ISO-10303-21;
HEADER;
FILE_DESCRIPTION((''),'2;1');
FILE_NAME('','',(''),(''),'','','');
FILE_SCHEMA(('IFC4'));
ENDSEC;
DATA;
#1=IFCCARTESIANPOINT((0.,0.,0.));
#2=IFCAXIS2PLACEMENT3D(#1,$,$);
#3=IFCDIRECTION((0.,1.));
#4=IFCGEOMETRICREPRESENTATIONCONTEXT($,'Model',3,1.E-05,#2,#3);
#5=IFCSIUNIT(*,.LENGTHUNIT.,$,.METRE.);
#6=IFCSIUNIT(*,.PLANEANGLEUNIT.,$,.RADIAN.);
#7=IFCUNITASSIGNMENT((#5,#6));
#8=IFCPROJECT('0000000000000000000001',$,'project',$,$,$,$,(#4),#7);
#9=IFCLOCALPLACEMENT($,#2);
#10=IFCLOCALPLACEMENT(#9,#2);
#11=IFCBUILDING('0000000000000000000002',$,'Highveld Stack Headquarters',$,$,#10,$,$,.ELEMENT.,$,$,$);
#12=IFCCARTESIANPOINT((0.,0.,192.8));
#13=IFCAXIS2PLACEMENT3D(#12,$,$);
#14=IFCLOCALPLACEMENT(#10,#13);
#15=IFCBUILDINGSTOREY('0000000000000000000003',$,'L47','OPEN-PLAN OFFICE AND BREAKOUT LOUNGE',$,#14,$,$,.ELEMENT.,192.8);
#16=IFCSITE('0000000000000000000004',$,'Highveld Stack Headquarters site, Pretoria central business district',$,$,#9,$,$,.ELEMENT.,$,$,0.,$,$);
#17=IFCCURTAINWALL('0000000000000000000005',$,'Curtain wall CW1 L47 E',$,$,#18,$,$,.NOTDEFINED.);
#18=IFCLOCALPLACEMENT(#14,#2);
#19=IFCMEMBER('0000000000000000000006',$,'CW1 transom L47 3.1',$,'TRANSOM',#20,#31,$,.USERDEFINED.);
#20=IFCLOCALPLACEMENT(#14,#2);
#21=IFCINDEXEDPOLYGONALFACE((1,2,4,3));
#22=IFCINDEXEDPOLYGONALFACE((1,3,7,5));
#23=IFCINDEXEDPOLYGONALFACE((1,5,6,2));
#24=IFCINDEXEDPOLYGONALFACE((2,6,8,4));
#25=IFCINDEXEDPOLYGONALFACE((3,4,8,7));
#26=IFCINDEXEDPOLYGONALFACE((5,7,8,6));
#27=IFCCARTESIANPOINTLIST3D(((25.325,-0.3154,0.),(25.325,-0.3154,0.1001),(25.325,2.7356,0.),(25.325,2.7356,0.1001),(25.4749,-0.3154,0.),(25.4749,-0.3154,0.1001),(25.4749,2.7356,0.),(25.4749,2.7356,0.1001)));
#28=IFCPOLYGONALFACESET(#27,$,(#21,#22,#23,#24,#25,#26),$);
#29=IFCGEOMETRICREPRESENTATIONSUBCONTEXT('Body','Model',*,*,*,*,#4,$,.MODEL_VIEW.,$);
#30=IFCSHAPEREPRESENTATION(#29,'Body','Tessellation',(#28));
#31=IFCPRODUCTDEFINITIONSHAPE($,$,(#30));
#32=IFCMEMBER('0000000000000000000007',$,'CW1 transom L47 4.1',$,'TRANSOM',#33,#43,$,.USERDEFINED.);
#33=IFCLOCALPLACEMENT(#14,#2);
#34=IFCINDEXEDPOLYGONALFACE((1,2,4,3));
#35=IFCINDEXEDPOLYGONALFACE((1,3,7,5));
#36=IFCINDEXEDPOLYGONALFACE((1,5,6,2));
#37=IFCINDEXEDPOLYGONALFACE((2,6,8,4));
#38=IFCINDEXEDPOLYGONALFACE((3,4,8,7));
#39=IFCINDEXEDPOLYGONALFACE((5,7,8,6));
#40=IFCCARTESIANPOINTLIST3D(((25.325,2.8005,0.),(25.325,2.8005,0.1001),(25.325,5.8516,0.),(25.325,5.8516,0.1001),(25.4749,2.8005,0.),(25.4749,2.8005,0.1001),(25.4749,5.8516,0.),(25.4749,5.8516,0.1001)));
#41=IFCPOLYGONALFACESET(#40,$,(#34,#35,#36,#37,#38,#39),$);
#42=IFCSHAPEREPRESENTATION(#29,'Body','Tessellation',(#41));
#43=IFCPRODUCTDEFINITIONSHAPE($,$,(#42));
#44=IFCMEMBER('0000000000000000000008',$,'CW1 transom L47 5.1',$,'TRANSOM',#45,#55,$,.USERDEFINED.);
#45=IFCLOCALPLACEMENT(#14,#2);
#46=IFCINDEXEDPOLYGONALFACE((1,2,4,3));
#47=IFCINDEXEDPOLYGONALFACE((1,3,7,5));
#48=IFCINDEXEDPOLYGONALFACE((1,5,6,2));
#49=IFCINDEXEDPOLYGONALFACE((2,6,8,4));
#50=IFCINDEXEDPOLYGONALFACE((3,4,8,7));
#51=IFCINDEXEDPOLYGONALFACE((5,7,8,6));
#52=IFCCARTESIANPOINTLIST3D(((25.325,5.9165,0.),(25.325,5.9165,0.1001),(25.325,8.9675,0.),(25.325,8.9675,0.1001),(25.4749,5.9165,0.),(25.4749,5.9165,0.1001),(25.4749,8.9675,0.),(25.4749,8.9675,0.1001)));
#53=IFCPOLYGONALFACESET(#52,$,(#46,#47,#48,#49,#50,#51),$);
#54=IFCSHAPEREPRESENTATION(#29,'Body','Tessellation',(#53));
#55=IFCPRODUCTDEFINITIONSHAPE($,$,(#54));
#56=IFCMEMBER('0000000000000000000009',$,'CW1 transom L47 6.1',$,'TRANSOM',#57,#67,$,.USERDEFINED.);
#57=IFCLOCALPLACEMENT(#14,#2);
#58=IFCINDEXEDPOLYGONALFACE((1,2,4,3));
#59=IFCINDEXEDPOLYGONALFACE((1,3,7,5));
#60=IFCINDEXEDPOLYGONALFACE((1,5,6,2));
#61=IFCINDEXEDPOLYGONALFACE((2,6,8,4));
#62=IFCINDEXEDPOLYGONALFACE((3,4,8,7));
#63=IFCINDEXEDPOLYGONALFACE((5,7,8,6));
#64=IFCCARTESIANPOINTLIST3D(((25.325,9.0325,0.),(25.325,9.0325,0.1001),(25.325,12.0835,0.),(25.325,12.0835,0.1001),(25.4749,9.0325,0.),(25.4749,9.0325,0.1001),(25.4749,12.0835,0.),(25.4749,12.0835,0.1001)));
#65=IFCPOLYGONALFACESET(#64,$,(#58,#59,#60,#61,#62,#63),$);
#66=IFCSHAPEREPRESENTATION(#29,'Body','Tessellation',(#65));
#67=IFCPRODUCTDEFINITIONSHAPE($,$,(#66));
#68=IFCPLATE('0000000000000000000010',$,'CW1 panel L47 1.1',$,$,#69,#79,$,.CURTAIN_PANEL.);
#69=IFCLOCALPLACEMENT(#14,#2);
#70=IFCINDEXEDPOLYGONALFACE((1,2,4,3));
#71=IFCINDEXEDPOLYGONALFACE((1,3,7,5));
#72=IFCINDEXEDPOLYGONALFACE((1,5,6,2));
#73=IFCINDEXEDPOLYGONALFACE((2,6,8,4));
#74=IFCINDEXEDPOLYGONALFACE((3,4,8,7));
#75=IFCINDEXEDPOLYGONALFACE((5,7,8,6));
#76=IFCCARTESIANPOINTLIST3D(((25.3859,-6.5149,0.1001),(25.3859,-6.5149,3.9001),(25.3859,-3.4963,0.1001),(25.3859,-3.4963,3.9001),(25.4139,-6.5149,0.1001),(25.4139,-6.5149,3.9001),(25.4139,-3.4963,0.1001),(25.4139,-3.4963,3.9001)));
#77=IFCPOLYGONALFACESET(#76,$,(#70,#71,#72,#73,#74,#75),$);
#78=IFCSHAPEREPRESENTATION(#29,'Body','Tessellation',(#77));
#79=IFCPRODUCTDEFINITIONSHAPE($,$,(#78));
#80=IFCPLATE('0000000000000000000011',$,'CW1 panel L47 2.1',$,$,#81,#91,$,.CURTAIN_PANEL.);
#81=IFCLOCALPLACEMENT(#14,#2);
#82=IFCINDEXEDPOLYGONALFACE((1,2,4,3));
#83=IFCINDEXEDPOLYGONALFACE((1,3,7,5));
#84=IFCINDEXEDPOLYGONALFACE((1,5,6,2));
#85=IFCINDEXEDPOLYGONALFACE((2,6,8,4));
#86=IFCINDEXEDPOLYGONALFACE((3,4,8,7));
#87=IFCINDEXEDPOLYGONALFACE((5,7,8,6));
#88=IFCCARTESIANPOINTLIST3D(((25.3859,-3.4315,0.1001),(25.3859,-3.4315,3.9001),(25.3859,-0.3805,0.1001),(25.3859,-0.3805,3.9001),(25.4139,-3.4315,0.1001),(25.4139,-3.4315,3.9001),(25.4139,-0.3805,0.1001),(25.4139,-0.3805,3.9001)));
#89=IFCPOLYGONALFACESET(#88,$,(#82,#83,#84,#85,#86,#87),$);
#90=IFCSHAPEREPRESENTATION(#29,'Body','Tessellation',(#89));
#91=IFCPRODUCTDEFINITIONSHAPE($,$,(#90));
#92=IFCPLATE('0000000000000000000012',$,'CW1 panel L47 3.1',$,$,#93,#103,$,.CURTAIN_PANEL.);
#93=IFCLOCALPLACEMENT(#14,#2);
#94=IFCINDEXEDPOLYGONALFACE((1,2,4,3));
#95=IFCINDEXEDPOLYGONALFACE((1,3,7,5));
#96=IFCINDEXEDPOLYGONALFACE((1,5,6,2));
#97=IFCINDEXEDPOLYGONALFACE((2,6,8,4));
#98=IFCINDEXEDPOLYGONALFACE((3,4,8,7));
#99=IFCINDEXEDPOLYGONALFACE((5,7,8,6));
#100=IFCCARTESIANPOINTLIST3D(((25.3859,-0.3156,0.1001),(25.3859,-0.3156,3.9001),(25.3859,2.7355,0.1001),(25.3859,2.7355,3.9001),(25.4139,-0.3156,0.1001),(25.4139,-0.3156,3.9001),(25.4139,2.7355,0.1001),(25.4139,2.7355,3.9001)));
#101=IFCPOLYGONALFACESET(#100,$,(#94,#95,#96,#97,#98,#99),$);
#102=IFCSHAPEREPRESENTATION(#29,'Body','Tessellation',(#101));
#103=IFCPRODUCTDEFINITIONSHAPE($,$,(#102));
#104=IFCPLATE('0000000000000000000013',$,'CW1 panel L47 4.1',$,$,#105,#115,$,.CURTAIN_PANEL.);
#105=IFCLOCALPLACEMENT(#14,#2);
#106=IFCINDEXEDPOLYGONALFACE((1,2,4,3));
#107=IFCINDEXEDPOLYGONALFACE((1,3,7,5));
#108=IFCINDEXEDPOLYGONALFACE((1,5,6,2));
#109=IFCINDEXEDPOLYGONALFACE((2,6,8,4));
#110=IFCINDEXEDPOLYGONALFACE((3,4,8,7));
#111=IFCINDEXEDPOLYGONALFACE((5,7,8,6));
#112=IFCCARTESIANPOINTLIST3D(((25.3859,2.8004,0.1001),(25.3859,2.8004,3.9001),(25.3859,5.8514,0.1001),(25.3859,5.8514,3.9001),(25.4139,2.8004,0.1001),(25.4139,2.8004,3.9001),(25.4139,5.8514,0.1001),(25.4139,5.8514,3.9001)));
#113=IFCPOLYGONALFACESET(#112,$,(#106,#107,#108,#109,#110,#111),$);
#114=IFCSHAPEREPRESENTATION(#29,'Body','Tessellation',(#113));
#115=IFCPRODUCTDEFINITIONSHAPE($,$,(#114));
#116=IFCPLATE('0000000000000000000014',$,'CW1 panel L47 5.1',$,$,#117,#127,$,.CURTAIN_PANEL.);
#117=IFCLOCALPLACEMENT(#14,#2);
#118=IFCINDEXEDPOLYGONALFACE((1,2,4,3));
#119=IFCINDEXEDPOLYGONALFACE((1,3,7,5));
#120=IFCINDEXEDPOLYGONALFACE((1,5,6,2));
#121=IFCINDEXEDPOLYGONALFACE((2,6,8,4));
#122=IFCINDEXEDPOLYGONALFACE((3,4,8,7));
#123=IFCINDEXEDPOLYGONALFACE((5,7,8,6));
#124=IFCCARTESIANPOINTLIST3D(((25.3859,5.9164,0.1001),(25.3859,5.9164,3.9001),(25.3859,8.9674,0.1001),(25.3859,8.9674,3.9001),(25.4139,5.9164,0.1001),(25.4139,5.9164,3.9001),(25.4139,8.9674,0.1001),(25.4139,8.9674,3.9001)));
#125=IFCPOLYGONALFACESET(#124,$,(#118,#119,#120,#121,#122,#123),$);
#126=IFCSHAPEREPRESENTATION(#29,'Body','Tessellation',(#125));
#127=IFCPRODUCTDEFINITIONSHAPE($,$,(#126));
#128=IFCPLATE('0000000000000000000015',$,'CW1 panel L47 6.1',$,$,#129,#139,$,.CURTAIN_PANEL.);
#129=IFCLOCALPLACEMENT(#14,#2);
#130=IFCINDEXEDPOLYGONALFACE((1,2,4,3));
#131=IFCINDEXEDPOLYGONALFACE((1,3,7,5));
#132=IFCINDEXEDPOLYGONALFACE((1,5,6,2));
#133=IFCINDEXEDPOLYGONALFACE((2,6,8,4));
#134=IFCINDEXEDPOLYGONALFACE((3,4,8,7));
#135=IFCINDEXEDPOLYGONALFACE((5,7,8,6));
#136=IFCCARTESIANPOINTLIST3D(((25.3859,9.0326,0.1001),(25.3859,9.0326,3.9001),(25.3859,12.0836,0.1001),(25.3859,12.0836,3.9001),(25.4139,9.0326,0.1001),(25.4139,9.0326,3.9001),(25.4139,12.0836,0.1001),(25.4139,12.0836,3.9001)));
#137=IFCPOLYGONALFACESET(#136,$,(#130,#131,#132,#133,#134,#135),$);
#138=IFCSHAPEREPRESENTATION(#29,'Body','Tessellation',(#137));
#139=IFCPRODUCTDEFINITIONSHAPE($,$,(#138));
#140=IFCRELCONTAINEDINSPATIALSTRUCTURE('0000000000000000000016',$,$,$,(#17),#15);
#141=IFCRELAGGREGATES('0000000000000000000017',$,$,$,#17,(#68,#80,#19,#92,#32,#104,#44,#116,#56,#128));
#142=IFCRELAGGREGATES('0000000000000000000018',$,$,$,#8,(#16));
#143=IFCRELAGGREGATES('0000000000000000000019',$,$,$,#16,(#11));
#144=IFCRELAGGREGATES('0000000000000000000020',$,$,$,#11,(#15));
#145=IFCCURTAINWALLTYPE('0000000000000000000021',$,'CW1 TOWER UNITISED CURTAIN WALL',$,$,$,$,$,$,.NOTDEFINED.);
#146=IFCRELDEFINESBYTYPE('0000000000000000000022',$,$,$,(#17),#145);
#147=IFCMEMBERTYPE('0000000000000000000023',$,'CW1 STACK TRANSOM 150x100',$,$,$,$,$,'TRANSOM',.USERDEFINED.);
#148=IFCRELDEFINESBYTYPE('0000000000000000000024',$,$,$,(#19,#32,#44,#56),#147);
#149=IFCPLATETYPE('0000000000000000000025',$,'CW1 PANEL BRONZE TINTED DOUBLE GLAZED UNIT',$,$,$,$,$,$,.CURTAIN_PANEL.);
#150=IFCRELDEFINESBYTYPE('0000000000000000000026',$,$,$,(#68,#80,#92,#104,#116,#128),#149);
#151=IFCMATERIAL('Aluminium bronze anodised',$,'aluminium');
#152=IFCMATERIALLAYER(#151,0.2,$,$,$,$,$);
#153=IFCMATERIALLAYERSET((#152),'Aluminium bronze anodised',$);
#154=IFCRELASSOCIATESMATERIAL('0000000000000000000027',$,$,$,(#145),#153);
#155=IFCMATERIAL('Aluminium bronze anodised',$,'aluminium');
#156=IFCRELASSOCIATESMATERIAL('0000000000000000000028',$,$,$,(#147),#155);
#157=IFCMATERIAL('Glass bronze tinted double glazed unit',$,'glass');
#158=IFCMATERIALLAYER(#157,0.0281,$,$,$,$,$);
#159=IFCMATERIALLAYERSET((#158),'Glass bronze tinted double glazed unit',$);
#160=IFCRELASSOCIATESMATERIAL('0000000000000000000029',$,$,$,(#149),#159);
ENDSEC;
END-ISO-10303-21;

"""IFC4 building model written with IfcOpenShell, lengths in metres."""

from ifc_helpers import new_model, si_unit, direction, frame, origin, origin_2d, place, context, subcontext, project, spatial, rectangle, extrude, material, layer, layer_set, material_profile, profile_set, type_object, element, aggregate, save


model = new_model("IFC4")

# Units and contexts
model_context = context("Model", 3, precision=1e-05, world=origin(), true_north=direction((0.0, 1.0)))
body_context = subcontext(model_context, "Body", "Model", "MODEL_VIEW")
ifc_project = project(units=[si_unit("LENGTHUNIT", "METRE"), si_unit("PLANEANGLEUNIT", "RADIAN")], contexts=[model_context])

# Site, building, storey
site_placement = place(None, origin())
site = spatial("IfcSite", under=ifc_project, at=site_placement, Name="Highveld Stack Headquarters site, Pretoria central business district", CompositionType="ELEMENT", RefElevation=0.0)
building_placement = place(site_placement, origin())
building = spatial("IfcBuilding", under=site, at=building_placement, Name="Highveld Stack Headquarters", CompositionType="ELEMENT")
storey_placement = place(building_placement, frame((0.0, 0.0, 192.8)))
storey = spatial("IfcBuildingStorey", under=building, at=storey_placement, Name="L47", Description="OPEN-PLAN OFFICE AND BREAKOUT LOUNGE", CompositionType="ELEMENT", Elevation=192.8)

# Curtain wall, members, plates
ifc_material_1 = material(Name="Aluminium bronze anodised", Category="aluminium")
ifc_layer_1 = layer(ifc_material_1, 0.2)
ifc_layer_set_1 = layer_set([ifc_layer_1], Name="Aluminium bronze anodised")
curtain_wall_type = type_object("IfcCurtainWallType", Name="CW1 TOWER UNITISED CURTAIN WALL", PredefinedType="NOTDEFINED", material=ifc_layer_set_1)
curtain_wall_placement = place(storey_placement, origin())
curtain_wall = element("IfcCurtainWall", 1, at=curtain_wall_placement, inside=storey, type_object=curtain_wall_type, Name="Curtain wall CW1 L47 E", PredefinedType="NOTDEFINED")
ifc_material_2 = material(Name="Aluminium bronze anodised", Category="aluminium")
ifc_material_profile_1 = material_profile(ifc_material_2, rectangle(XDim=0.1499, YDim=0.1001, at=origin_2d()), Name="CW1 TRANSOM 150x100")
ifc_profile_set_1 = profile_set([ifc_material_profile_1], Name="Aluminium bronze anodised")
member_type_1 = type_object("IfcMemberType", Name="CW1 STACK TRANSOM 150x100", ElementType="TRANSOM", PredefinedType="USERDEFINED", material=ifc_profile_set_1)
member_1_placement = place(storey_placement, frame((25.3999, -0.3154, 0.05), z_axis=(0.0, 1.0, 0.0), x_axis=(-1.0, 0.0, 0.0)))
member_1 = element("IfcMember", 2, at=member_1_placement, type_object=member_type_1, Name="CW1 transom L47 3.1", ObjectType="TRANSOM", PredefinedType="USERDEFINED", context=body_context, shape_type="SweptSolid", body=[
    extrude(rectangle(XDim=0.1499, YDim=0.1001, at=origin_2d()), origin(), (0.0, 0.0, 1.0), 3.051),
])
member_2_placement = place(storey_placement, frame((25.3999, 2.8005, 0.05), z_axis=(0.0, 1.0, 0.0), x_axis=(-1.0, 0.0, 0.0)))
member_2 = element("IfcMember", 3, at=member_2_placement, type_object=member_type_1, Name="CW1 transom L47 4.1", ObjectType="TRANSOM", PredefinedType="USERDEFINED", context=body_context, shape_type="SweptSolid", body=[
    extrude(rectangle(XDim=0.1499, YDim=0.1001, at=origin_2d()), origin(), (0.0, 0.0, 1.0), 3.051),
])
member_3_placement = place(storey_placement, frame((25.3999, 5.9165, 0.05), z_axis=(0.0, 1.0, 0.0), x_axis=(-1.0, 0.0, 0.0)))
member_3 = element("IfcMember", 4, at=member_3_placement, type_object=member_type_1, Name="CW1 transom L47 5.1", ObjectType="TRANSOM", PredefinedType="USERDEFINED", context=body_context, shape_type="SweptSolid", body=[
    extrude(rectangle(XDim=0.1499, YDim=0.1001, at=origin_2d()), origin(), (0.0, 0.0, 1.0), 3.051),
])
member_4_placement = place(storey_placement, frame((25.3999, 9.0325, 0.05), z_axis=(0.0, 1.0, 0.0), x_axis=(-1.0, 0.0, 0.0)))
member_4 = element("IfcMember", 5, at=member_4_placement, type_object=member_type_1, Name="CW1 transom L47 6.1", ObjectType="TRANSOM", PredefinedType="USERDEFINED", context=body_context, shape_type="SweptSolid", body=[
    extrude(rectangle(XDim=0.1499, YDim=0.1001, at=origin_2d()), origin(), (0.0, 0.0, 1.0), 3.051),
])
ifc_material_3 = material(Name="Glass bronze tinted double glazed unit", Category="glass")
ifc_layer_2 = layer(ifc_material_3, 0.0281)
ifc_layer_set_2 = layer_set([ifc_layer_2], Name="Glass bronze tinted double glazed unit")
plate_type = type_object("IfcPlateType", Name="CW1 PANEL BRONZE TINTED DOUBLE GLAZED UNIT", PredefinedType="CURTAIN_PANEL", material=ifc_layer_set_2)
plate_1_placement = place(storey_placement, frame((25.3999, -5.0056, 0.1001), z_axis=(0.0, 0.0, 1.0), x_axis=(0.0, 1.0, 0.0)))
plate_1 = element("IfcPlate", 6, at=plate_1_placement, type_object=plate_type, Name="CW1 panel L47 1.1", PredefinedType="CURTAIN_PANEL", context=body_context, shape_type="SweptSolid", body=[
    extrude(rectangle(XDim=3.0186, YDim=0.0281, at=origin_2d()), origin(), (0.0, 0.0, 1.0), 3.8),
])
plate_2_placement = place(storey_placement, frame((25.3999, -1.906, 0.1001), z_axis=(0.0, 0.0, 1.0), x_axis=(0.0, 1.0, 0.0)))
plate_2 = element("IfcPlate", 7, at=plate_2_placement, type_object=plate_type, Name="CW1 panel L47 2.1", PredefinedType="CURTAIN_PANEL", context=body_context, shape_type="SweptSolid", body=[
    extrude(rectangle(XDim=3.051, YDim=0.0281, at=origin_2d()), origin(), (0.0, 0.0, 1.0), 3.8),
])
plate_3_placement = place(storey_placement, frame((25.3999, 1.21, 0.1001), z_axis=(0.0, 0.0, 1.0), x_axis=(0.0, 1.0, 0.0)))
plate_3 = element("IfcPlate", 8, at=plate_3_placement, type_object=plate_type, Name="CW1 panel L47 3.1", PredefinedType="CURTAIN_PANEL", context=body_context, shape_type="SweptSolid", body=[
    extrude(rectangle(XDim=3.051, YDim=0.0281, at=origin_2d()), origin(), (0.0, 0.0, 1.0), 3.8),
])
plate_4_placement = place(storey_placement, frame((25.3999, 4.3259, 0.1001), z_axis=(0.0, 0.0, 1.0), x_axis=(0.0, 1.0, 0.0)))
plate_4 = element("IfcPlate", 9, at=plate_4_placement, type_object=plate_type, Name="CW1 panel L47 4.1", PredefinedType="CURTAIN_PANEL", context=body_context, shape_type="SweptSolid", body=[
    extrude(rectangle(XDim=3.051, YDim=0.0281, at=origin_2d()), origin(), (0.0, 0.0, 1.0), 3.8),
])
plate_5_placement = place(storey_placement, frame((25.3999, 7.4419, 0.1001), z_axis=(0.0, 0.0, 1.0), x_axis=(0.0, 1.0, 0.0)))
plate_5 = element("IfcPlate", 10, at=plate_5_placement, type_object=plate_type, Name="CW1 panel L47 5.1", PredefinedType="CURTAIN_PANEL", context=body_context, shape_type="SweptSolid", body=[
    extrude(rectangle(XDim=3.051, YDim=0.0281, at=origin_2d()), origin(), (0.0, 0.0, 1.0), 3.8),
])
plate_6_placement = place(storey_placement, frame((25.3999, 10.5581, 0.1001), z_axis=(0.0, 0.0, 1.0), x_axis=(0.0, 1.0, 0.0)))
plate_6 = element("IfcPlate", 11, at=plate_6_placement, type_object=plate_type, Name="CW1 panel L47 6.1", PredefinedType="CURTAIN_PANEL", context=body_context, shape_type="SweptSolid", body=[
    extrude(rectangle(XDim=3.051, YDim=0.0281, at=origin_2d()), origin(), (0.0, 0.0, 1.0), 3.8),
])
aggregate(curtain_wall, [plate_1, plate_2, member_1, plate_3, member_2, plate_4, member_3, plate_5, member_4, plate_6])

save(model, "model.ifc")
